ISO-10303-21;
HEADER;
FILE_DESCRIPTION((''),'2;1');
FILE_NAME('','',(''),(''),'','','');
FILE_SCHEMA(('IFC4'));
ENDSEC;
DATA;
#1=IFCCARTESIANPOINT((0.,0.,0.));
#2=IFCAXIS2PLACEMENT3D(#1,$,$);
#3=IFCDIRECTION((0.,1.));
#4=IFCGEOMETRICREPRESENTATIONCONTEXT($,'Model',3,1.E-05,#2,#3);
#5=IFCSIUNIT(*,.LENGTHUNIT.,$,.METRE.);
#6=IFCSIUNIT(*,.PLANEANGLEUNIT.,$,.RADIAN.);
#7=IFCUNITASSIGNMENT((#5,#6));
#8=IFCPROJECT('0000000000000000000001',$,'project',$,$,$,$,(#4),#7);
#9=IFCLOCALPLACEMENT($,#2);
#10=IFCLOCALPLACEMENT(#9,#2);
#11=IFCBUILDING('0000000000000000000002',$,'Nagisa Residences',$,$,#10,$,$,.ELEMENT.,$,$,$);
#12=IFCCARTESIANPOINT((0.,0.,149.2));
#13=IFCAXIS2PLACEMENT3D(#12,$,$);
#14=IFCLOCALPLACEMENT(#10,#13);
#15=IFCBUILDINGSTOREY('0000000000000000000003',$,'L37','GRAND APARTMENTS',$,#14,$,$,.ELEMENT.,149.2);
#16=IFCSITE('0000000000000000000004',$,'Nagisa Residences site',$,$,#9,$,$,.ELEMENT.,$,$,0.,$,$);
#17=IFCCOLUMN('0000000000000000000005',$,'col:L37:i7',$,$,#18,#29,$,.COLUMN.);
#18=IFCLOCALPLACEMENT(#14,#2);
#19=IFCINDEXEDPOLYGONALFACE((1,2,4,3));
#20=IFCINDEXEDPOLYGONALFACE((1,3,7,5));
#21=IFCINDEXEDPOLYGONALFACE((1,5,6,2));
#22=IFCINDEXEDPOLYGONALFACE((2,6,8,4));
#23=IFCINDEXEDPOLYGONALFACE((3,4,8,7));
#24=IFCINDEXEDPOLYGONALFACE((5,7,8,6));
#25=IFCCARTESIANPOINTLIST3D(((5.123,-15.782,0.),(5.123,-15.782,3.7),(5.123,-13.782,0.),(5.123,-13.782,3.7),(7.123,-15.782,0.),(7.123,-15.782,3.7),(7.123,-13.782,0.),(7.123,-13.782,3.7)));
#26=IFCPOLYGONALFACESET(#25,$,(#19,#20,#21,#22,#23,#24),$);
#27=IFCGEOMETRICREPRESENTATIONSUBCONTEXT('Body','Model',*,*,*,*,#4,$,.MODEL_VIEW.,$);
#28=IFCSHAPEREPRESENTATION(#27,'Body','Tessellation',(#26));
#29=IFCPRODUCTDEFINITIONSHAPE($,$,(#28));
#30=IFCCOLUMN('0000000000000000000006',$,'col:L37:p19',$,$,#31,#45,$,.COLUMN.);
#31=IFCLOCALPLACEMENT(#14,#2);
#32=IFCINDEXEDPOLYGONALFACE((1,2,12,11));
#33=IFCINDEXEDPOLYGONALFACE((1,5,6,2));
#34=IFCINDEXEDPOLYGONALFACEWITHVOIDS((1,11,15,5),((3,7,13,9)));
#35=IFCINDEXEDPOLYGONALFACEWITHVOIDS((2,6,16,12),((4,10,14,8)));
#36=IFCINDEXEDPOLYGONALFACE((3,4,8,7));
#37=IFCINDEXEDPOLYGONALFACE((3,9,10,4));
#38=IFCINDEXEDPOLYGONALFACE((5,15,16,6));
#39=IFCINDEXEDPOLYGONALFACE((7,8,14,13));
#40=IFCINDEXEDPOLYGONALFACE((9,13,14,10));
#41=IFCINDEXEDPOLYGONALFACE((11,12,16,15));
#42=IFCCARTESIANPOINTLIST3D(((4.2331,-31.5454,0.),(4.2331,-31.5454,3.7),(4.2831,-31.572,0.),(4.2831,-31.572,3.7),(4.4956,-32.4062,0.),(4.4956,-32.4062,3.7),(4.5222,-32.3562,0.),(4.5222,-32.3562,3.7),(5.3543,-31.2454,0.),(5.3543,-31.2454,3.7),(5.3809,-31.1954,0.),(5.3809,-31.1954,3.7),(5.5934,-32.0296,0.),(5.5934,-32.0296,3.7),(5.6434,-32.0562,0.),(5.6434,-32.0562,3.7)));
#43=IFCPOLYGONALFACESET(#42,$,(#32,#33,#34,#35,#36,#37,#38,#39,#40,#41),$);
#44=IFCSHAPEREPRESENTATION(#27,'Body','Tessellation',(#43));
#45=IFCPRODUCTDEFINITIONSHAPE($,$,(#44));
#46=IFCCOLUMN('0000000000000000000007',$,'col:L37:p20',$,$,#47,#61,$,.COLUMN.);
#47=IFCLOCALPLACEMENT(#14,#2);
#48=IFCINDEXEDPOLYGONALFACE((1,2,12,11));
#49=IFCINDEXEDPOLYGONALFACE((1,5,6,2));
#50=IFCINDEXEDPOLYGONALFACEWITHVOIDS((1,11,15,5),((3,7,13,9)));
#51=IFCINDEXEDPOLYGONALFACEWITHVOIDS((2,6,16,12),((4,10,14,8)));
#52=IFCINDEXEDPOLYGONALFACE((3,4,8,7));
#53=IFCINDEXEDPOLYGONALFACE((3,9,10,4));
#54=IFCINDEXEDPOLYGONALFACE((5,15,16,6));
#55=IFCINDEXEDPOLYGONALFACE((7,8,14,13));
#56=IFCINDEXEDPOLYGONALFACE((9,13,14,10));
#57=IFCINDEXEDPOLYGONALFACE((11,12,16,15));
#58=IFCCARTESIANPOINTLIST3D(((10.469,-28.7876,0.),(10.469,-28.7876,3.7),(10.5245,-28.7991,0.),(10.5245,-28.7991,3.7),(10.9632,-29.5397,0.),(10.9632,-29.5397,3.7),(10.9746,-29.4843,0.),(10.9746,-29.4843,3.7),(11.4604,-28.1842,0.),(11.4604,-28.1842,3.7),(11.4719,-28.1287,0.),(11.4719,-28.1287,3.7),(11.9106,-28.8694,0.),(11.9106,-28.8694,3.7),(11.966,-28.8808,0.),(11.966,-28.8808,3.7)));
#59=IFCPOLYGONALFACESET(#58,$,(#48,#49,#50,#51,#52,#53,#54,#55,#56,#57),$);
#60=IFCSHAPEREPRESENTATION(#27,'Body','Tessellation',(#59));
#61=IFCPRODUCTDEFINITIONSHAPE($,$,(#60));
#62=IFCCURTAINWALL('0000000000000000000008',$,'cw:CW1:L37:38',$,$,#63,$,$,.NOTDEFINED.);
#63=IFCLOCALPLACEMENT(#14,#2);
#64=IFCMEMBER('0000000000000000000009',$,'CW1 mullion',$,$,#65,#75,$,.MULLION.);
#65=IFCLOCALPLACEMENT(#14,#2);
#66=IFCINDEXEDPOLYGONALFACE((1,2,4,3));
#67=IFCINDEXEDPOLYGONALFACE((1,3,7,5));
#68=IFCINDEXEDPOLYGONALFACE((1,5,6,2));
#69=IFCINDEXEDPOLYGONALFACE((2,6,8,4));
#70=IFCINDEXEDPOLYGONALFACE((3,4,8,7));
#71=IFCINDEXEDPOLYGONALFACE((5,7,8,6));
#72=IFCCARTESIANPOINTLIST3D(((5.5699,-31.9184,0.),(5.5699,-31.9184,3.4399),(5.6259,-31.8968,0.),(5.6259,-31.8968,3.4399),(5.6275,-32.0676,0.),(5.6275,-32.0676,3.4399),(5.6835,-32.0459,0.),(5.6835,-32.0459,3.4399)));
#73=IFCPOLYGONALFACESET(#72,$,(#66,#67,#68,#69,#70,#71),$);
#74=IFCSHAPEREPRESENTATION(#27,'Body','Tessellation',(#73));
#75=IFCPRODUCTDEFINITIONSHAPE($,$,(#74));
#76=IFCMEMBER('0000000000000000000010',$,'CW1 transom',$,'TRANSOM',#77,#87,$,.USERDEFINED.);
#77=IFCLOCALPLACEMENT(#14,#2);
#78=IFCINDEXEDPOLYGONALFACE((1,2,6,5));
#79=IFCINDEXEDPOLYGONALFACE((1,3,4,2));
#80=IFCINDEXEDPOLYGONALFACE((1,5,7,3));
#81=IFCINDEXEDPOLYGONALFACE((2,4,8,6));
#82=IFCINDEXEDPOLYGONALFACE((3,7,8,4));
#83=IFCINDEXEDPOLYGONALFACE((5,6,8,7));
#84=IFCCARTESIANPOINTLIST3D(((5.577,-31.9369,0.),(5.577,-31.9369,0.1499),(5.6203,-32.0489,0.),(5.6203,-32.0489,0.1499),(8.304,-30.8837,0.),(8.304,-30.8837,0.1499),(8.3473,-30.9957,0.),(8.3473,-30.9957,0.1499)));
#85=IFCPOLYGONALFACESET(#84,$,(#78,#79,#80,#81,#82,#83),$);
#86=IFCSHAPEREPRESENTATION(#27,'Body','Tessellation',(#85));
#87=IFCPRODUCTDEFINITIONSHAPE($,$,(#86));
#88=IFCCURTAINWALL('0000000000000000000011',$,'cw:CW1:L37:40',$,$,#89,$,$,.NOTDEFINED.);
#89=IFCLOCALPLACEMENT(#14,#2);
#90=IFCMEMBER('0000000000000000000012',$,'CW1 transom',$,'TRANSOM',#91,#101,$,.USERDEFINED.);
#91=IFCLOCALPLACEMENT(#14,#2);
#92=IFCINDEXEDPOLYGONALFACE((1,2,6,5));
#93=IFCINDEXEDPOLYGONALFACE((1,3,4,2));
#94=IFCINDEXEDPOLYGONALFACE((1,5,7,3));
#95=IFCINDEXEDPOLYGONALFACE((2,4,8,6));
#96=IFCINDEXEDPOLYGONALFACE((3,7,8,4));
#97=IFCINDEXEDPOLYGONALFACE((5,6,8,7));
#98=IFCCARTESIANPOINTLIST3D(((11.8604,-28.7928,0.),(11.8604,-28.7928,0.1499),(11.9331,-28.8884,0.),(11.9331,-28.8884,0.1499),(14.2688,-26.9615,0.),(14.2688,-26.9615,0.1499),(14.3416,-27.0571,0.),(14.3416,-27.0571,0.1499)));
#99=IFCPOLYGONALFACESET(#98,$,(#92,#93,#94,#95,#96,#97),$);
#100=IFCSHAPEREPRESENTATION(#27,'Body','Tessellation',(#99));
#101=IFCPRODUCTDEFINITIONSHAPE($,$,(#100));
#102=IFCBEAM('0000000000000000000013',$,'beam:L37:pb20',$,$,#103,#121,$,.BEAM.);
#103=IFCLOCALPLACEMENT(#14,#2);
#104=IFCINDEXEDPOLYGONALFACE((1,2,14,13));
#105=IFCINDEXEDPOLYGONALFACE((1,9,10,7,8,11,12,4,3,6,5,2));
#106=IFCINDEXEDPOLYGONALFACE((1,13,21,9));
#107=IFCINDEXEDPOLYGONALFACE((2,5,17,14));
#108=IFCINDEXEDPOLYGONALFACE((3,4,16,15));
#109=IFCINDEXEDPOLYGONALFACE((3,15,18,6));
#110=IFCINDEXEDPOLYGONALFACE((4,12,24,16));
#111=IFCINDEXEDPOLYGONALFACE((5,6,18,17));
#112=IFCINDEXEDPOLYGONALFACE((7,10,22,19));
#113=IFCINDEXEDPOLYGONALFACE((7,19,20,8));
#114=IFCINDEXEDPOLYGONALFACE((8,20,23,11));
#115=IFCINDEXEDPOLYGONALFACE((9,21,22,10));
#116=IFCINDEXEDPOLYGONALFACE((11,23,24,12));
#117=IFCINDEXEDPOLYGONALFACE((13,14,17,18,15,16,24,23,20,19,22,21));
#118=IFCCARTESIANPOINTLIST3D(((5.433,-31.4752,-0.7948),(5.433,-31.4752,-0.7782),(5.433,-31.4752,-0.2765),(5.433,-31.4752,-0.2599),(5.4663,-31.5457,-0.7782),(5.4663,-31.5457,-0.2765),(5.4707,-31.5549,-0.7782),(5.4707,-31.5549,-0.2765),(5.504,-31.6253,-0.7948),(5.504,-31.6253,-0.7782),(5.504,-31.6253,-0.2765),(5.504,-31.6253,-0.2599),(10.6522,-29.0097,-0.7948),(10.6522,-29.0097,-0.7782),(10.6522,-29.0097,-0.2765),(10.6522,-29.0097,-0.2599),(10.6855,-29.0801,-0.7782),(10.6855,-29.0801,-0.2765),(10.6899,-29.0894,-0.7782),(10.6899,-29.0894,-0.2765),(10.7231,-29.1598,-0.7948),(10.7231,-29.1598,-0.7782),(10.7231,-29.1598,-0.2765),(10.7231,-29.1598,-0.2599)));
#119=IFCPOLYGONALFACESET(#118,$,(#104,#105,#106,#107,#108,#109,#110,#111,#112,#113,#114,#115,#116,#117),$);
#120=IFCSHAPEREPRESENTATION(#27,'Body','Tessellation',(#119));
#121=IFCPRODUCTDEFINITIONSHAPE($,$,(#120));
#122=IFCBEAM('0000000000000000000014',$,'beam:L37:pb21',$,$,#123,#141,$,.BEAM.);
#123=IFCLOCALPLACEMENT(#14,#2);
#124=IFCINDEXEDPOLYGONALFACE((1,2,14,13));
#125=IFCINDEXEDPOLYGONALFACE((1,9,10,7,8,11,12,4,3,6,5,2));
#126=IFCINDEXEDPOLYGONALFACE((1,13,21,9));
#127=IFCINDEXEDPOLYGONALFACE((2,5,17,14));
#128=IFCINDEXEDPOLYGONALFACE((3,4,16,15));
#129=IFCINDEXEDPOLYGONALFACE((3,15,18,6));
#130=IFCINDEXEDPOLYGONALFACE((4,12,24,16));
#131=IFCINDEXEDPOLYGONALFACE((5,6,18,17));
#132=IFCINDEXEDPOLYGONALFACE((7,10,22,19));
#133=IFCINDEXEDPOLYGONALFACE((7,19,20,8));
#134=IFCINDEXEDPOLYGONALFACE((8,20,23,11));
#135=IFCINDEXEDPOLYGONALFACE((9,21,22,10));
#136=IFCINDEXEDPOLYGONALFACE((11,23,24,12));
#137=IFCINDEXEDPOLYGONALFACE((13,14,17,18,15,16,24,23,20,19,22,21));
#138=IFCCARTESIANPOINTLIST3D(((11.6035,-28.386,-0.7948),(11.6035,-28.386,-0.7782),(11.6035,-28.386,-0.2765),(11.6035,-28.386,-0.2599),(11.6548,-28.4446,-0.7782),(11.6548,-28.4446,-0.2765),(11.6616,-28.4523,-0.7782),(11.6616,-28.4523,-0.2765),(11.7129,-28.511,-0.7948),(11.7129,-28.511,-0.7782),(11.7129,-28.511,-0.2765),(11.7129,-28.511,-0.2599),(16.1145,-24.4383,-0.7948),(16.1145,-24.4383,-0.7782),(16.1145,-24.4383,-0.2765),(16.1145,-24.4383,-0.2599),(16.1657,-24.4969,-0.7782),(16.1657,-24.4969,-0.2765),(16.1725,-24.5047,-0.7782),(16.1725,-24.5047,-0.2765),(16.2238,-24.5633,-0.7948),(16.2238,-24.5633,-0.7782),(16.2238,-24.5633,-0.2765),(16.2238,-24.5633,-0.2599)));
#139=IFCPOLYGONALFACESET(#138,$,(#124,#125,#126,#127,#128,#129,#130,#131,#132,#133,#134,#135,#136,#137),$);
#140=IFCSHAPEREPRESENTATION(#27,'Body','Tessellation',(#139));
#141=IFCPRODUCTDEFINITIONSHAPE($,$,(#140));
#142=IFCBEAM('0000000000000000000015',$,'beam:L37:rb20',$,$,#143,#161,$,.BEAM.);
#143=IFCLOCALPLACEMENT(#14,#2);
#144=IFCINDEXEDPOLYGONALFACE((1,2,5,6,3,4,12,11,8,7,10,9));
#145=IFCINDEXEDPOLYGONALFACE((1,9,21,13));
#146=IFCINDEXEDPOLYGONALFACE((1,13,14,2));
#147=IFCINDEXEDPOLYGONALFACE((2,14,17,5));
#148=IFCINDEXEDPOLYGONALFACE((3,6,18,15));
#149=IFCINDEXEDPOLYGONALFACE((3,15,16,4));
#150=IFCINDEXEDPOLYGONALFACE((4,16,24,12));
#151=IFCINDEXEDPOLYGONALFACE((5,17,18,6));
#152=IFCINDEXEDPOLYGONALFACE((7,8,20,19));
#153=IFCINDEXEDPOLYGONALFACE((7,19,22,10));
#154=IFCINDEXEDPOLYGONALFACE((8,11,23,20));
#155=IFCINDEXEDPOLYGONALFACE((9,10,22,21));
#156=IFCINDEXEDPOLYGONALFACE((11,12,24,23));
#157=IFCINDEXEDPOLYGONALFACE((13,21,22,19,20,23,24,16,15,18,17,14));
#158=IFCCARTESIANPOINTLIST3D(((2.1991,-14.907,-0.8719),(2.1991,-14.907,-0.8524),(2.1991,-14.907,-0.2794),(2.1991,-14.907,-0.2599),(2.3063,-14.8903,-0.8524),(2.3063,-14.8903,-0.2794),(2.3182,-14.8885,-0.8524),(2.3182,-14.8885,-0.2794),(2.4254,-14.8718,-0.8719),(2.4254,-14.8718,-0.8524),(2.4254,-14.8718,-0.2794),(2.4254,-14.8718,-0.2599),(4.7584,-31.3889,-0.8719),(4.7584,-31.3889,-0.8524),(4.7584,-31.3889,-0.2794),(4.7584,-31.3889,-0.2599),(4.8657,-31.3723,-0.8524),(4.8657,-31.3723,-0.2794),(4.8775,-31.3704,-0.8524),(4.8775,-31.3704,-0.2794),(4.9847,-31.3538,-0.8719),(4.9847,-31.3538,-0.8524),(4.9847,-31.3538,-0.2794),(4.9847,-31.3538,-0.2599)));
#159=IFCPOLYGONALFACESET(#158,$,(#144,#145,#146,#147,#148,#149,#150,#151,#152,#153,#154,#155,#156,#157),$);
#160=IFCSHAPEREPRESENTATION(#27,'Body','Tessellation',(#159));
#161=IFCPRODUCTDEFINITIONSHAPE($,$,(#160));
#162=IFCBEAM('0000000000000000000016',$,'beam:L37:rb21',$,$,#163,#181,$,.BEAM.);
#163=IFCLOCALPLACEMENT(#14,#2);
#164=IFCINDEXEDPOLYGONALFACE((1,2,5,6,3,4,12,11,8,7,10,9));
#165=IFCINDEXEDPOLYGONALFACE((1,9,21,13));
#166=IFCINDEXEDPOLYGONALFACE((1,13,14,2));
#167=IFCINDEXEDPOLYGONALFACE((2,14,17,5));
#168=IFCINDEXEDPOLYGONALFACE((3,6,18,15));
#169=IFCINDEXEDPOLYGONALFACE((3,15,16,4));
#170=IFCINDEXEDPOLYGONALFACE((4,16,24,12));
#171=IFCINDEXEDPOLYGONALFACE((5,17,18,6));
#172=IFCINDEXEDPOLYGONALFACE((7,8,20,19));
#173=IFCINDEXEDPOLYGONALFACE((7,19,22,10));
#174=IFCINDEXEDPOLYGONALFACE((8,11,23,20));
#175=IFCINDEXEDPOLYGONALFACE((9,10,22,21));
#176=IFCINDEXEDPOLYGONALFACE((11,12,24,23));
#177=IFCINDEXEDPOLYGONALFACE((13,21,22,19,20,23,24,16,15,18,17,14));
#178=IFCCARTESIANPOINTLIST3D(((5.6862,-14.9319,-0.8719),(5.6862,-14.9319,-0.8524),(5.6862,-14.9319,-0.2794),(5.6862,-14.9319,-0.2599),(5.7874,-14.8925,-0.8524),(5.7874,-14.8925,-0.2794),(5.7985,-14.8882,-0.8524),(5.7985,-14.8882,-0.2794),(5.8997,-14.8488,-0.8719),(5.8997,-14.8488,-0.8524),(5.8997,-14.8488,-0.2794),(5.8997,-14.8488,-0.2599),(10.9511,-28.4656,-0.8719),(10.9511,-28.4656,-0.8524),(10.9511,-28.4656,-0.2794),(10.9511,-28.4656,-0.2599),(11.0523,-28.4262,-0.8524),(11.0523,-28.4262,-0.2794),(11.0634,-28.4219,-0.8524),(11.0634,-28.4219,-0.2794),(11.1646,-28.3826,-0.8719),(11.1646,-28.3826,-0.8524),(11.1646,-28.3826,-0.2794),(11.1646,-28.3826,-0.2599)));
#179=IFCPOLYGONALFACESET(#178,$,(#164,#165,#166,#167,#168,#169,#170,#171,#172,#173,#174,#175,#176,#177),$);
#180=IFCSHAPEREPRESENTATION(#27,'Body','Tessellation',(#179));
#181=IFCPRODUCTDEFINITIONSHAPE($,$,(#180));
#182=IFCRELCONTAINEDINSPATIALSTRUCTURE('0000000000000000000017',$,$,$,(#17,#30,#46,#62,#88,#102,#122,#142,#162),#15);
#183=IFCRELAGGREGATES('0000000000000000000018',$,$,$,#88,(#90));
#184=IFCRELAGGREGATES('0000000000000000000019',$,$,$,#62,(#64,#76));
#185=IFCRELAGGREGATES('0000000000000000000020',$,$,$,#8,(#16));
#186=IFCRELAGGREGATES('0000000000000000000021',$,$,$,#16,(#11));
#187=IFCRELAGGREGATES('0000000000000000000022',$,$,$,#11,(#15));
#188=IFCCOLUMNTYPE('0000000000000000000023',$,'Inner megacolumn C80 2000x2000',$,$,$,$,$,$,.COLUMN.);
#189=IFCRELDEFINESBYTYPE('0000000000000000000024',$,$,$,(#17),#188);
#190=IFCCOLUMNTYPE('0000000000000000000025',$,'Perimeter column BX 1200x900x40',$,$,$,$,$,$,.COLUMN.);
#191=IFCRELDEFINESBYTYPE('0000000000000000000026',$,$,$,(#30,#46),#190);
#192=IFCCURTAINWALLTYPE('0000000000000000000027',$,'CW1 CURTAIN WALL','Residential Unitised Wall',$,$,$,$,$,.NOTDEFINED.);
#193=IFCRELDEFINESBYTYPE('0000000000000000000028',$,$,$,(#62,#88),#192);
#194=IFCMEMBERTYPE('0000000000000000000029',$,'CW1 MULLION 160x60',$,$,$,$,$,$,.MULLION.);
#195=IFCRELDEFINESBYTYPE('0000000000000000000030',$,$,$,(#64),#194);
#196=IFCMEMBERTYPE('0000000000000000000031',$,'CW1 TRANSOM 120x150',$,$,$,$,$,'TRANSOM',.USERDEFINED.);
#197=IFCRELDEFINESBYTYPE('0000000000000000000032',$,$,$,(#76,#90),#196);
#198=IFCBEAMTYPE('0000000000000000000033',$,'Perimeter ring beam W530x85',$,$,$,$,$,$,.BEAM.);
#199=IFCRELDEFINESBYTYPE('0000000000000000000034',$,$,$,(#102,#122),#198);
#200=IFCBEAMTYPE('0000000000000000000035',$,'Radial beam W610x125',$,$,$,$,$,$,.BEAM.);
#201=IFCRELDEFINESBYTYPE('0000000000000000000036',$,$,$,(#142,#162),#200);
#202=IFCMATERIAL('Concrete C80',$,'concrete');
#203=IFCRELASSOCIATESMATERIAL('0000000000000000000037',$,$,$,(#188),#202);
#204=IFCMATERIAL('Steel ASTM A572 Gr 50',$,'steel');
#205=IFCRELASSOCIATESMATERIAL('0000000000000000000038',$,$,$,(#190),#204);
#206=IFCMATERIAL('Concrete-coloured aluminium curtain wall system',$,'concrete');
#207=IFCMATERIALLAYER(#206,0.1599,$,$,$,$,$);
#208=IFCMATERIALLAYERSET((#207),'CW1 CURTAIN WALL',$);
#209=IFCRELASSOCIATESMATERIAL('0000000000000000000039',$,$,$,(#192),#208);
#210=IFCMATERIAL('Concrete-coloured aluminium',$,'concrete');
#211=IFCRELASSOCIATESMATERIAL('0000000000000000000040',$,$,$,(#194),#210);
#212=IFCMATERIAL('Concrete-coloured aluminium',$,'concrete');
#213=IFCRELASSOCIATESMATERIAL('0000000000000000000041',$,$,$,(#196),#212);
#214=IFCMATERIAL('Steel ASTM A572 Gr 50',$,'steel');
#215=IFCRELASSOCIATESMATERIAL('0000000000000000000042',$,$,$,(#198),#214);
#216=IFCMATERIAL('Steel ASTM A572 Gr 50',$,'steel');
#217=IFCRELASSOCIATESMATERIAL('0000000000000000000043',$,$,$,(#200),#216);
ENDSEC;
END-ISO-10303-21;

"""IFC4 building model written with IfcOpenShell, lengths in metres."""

from ifc_helpers import new_model, si_unit, direction, frame, origin, origin_2d, place, context, subcontext, project, spatial, rectangle, hollow_rectangle, i_section, extrude, material, layer, layer_set, material_profile, profile_set, type_object, element, aggregate, save


model = new_model("IFC4")

# Units and contexts
model_context = context("Model", 3, precision=1e-05, world=origin(), true_north=direction((0.0, 1.0)))
body_context = subcontext(model_context, "Body", "Model", "MODEL_VIEW")
ifc_project = project(units=[si_unit("LENGTHUNIT", "METRE"), si_unit("PLANEANGLEUNIT", "RADIAN")], contexts=[model_context])

# Site, building, storey
site_placement = place(None, origin())
site = spatial("IfcSite", under=ifc_project, at=site_placement, Name="Nagisa Residences site", CompositionType="ELEMENT", RefElevation=0.0)
building_placement = place(site_placement, origin())
building = spatial("IfcBuilding", under=site, at=building_placement, Name="Nagisa Residences", CompositionType="ELEMENT")
storey_placement = place(building_placement, frame((0.0, 0.0, 149.2)))
storey = spatial("IfcBuildingStorey", under=building, at=storey_placement, Name="L37", Description="GRAND APARTMENTS", CompositionType="ELEMENT", Elevation=149.2)

# Columns
ifc_material_1 = material(Name="Concrete C80", Category="concrete")
ifc_material_profile_1 = material_profile(ifc_material_1, rectangle(XDim=2.0, YDim=2.0, at=origin_2d()), Name="C80 2000x2000")
ifc_profile_set_1 = profile_set([ifc_material_profile_1], Name="Concrete C80")
column_type_1 = type_object("IfcColumnType", Name="Inner megacolumn C80 2000x2000", PredefinedType="COLUMN", material=ifc_profile_set_1)
column_placement = place(storey_placement, frame((6.123, -14.782, 0.0), z_axis=(0.0, 0.0, 1.0), x_axis=(1.0, 0.0, 0.0)))
element("IfcColumn", 1, at=column_placement, inside=storey, type_object=column_type_1, Name="col:L37:i7", PredefinedType="COLUMN", context=body_context, shape_type="SweptSolid", body=[
    extrude(rectangle(XDim=2.0, YDim=2.0, at=origin_2d()), origin(), (0.0, 0.0, 1.0), 3.7),
])
ifc_material_2 = material(Name="Steel ASTM A572 Gr 50", Category="steel")
ifc_material_profile_2 = material_profile(ifc_material_2, hollow_rectangle(XDim=1.2, YDim=0.8999, WallThickness=0.04, at=origin_2d()), Name="BX 1200x900x40")
ifc_profile_set_2 = profile_set([ifc_material_profile_2], Name="Steel ASTM A572 Gr 50")
column_type_2 = type_object("IfcColumnType", Name="Perimeter column BX 1200x900x40", PredefinedType="COLUMN", material=ifc_profile_set_2)
for number, where, z_axis, x_axis, name in (
    (2, (4.9382, -31.8008, 0.0), (0.0, 0.0, 1.0), (0.956525, 0.291652, 0.0), "col:L37:p19"),
    (3, (11.2175, -28.8342, 0.0), (0.0, 0.0, 1.0), (0.835766, 0.549086, 0.0), "col:L37:p20"),
):
    element("IfcColumn", number, at=place(storey_placement, frame(where, z_axis=z_axis, x_axis=x_axis)), inside=storey, type_object=column_type_2, Name=name, PredefinedType="COLUMN", context=body_context, shape_type="SweptSolid", body=[
        extrude(hollow_rectangle(XDim=1.2, YDim=0.8999, WallThickness=0.04, at=origin_2d()), origin(), (0.0, 0.0, 1.0), 3.7),
    ])

# Curtain wall, members
ifc_material_3 = material(Name="Concrete-coloured aluminium curtain wall system", Category="concrete")
ifc_layer_1 = layer(ifc_material_3, 0.1599)
ifc_layer_set_1 = layer_set([ifc_layer_1], Name="CW1 CURTAIN WALL")
curtain_wall_type = type_object("IfcCurtainWallType", Name="CW1 CURTAIN WALL", Description="Residential Unitised Wall", PredefinedType="NOTDEFINED", material=ifc_layer_set_1)
curtain_wall_1_placement = place(storey_placement, origin())
curtain_wall_1 = element("IfcCurtainWall", 4, at=curtain_wall_1_placement, inside=storey, type_object=curtain_wall_type, Name="cw:CW1:L37:38", PredefinedType="NOTDEFINED")
ifc_material_4 = material(Name="Concrete-coloured aluminium", Category="concrete")
ifc_material_profile_3 = material_profile(ifc_material_4, rectangle(XDim=0.1599, YDim=0.0601, at=origin_2d()), Name="CW1 MULLION 160x60")
ifc_profile_set_3 = profile_set([ifc_material_profile_3], Name="Concrete-coloured aluminium")
member_type_1 = type_object("IfcMemberType", Name="CW1 MULLION 160x60", PredefinedType="MULLION", material=ifc_profile_set_3)
member_1_placement = place(storey_placement, frame((5.6267, -31.9822, 0.0), z_axis=(0.0, 0.0, 1.0), x_axis=(-0.360328, 0.932826, 0.0)))
member_1 = element("IfcMember", 5, at=member_1_placement, type_object=member_type_1, Name="CW1 mullion", PredefinedType="MULLION", context=body_context, shape_type="SweptSolid", body=[
    extrude(rectangle(XDim=0.1599, YDim=0.0601, at=origin_2d()), origin(), (0.0, 0.0, 1.0), 3.4399),
])
ifc_material_5 = material(Name="Concrete-coloured aluminium", Category="concrete")
ifc_material_profile_4 = material_profile(ifc_material_5, rectangle(XDim=0.1201, YDim=0.1499, at=origin_2d()), Name="CW1 TRANSOM 120x150")
ifc_profile_set_4 = profile_set([ifc_material_profile_4], Name="Concrete-coloured aluminium")
member_type_2 = type_object("IfcMemberType", Name="CW1 TRANSOM 120x150", ElementType="TRANSOM", PredefinedType="USERDEFINED", material=ifc_profile_set_4)
member_2_placement = place(storey_placement, frame((5.5986, -31.9929, 0.075), z_axis=(0.932845, 0.360277, 0.0), x_axis=(-0.360277, 0.932845, 0.0)))
member_2 = element("IfcMember", 6, at=member_2_placement, type_object=member_type_2, Name="CW1 transom", ObjectType="TRANSOM", PredefinedType="USERDEFINED", context=body_context, shape_type="SweptSolid", body=[
    extrude(rectangle(XDim=0.1201, YDim=0.1499, at=origin_2d()), origin(), (0.0, 0.0, 1.0), 2.9233),
])

# Curtain wall, member
curtain_wall_2_placement = place(storey_placement, origin())
curtain_wall_2 = element("IfcCurtainWall", 7, at=curtain_wall_2_placement, inside=storey, type_object=curtain_wall_type, Name="cw:CW1:L37:40", PredefinedType="NOTDEFINED")
member_3_placement = place(storey_placement, frame((11.8967, -28.8406, 0.075), z_axis=(0.796022, 0.605267, 0.0), x_axis=(-0.605267, 0.796022, 0.0)))
member_3 = element("IfcMember", 8, at=member_3_placement, type_object=member_type_2, Name="CW1 transom", ObjectType="TRANSOM", PredefinedType="USERDEFINED", context=body_context, shape_type="SweptSolid", body=[
    extrude(rectangle(XDim=0.1201, YDim=0.1499, at=origin_2d()), origin(), (0.0, 0.0, 1.0), 3.0256),
])
aggregate(curtain_wall_2, [member_3])

# Beams
ifc_material_6 = material(Name="Steel ASTM A572 Gr 50", Category="steel")
ifc_material_profile_5 = material_profile(ifc_material_6, i_section(OverallWidth=0.166, OverallDepth=0.5349, WebThickness=0.0103, FlangeThickness=0.0166, at=origin_2d()), Name="W530x85")
ifc_profile_set_5 = profile_set([ifc_material_profile_5], Name="Steel ASTM A572 Gr 50")
beam_type_1 = type_object("IfcBeamType", Name="Perimeter ring beam W530x85", PredefinedType="BEAM", material=ifc_profile_set_5)
beam_1_placement = place(storey_placement, frame((5.4685, -31.5503, -0.5273), z_axis=(0.904186, 0.427139, 0.0), x_axis=(-0.427139, 0.904186, 0.0)))
element("IfcBeam", 9, at=beam_1_placement, inside=storey, type_object=beam_type_1, Name="beam:L37:pb20", PredefinedType="BEAM", context=body_context, shape_type="SweptSolid", body=[
    extrude(i_section(OverallWidth=0.166, OverallDepth=0.5349, WebThickness=0.0103, FlangeThickness=0.0166, at=origin_2d()), origin(), (0.0, 0.0, 1.0), 5.7722),
])
beam_2_placement = place(storey_placement, frame((11.6582, -28.4485, -0.5273), z_axis=(0.752524, 0.658565, 0.0), x_axis=(-0.658565, 0.752524, 0.0)))
element("IfcBeam", 10, at=beam_2_placement, inside=storey, type_object=beam_type_1, Name="beam:L37:pb21", PredefinedType="BEAM", context=body_context, shape_type="SweptSolid", body=[
    extrude(i_section(OverallWidth=0.166, OverallDepth=0.5349, WebThickness=0.0103, FlangeThickness=0.0166, at=origin_2d()), origin(), (0.0, 0.0, 1.0), 5.9944),
])
ifc_material_7 = material(Name="Steel ASTM A572 Gr 50", Category="steel")
ifc_material_profile_6 = material_profile(ifc_material_7, i_section(OverallWidth=0.229, OverallDepth=0.6121, WebThickness=0.012, FlangeThickness=0.0195, at=origin_2d()), Name="W610x125")
ifc_profile_set_6 = profile_set([ifc_material_profile_6], Name="Steel ASTM A572 Gr 50")
beam_type_2 = type_object("IfcBeamType", Name="Radial beam W610x125", PredefinedType="BEAM", material=ifc_profile_set_6)
beam_3_placement = place(storey_placement, frame((4.8716, -31.3713, -0.5659), z_axis=(-0.153442, 0.988158, 0.0), x_axis=(-0.988158, -0.153442, 0.0)))
element("IfcBeam", 11, at=beam_3_placement, inside=storey, type_object=beam_type_2, Name="beam:L37:rb20", PredefinedType="BEAM", context=body_context, shape_type="SweptSolid", body=[
    extrude(i_section(OverallWidth=0.229, OverallDepth=0.6121, WebThickness=0.012, FlangeThickness=0.0195, at=origin_2d()), origin(), (0.0, 0.0, 1.0), 16.6794),
])
beam_4_placement = place(storey_placement, frame((11.0579, -28.4241, -0.5659), z_axis=(-0.362553, 0.931963, 0.0), x_axis=(-0.931963, -0.362553, 0.0)))
element("IfcBeam", 12, at=beam_4_placement, inside=storey, type_object=beam_type_2, Name="beam:L37:rb21", PredefinedType="BEAM", context=body_context, shape_type="SweptSolid", body=[
    extrude(i_section(OverallWidth=0.229, OverallDepth=0.6121, WebThickness=0.012, FlangeThickness=0.0195, at=origin_2d()), origin(), (0.0, 0.0, 1.0), 14.5217),
])

aggregate(curtain_wall_1, [member_1, member_2])

save(model, "model.ifc")
